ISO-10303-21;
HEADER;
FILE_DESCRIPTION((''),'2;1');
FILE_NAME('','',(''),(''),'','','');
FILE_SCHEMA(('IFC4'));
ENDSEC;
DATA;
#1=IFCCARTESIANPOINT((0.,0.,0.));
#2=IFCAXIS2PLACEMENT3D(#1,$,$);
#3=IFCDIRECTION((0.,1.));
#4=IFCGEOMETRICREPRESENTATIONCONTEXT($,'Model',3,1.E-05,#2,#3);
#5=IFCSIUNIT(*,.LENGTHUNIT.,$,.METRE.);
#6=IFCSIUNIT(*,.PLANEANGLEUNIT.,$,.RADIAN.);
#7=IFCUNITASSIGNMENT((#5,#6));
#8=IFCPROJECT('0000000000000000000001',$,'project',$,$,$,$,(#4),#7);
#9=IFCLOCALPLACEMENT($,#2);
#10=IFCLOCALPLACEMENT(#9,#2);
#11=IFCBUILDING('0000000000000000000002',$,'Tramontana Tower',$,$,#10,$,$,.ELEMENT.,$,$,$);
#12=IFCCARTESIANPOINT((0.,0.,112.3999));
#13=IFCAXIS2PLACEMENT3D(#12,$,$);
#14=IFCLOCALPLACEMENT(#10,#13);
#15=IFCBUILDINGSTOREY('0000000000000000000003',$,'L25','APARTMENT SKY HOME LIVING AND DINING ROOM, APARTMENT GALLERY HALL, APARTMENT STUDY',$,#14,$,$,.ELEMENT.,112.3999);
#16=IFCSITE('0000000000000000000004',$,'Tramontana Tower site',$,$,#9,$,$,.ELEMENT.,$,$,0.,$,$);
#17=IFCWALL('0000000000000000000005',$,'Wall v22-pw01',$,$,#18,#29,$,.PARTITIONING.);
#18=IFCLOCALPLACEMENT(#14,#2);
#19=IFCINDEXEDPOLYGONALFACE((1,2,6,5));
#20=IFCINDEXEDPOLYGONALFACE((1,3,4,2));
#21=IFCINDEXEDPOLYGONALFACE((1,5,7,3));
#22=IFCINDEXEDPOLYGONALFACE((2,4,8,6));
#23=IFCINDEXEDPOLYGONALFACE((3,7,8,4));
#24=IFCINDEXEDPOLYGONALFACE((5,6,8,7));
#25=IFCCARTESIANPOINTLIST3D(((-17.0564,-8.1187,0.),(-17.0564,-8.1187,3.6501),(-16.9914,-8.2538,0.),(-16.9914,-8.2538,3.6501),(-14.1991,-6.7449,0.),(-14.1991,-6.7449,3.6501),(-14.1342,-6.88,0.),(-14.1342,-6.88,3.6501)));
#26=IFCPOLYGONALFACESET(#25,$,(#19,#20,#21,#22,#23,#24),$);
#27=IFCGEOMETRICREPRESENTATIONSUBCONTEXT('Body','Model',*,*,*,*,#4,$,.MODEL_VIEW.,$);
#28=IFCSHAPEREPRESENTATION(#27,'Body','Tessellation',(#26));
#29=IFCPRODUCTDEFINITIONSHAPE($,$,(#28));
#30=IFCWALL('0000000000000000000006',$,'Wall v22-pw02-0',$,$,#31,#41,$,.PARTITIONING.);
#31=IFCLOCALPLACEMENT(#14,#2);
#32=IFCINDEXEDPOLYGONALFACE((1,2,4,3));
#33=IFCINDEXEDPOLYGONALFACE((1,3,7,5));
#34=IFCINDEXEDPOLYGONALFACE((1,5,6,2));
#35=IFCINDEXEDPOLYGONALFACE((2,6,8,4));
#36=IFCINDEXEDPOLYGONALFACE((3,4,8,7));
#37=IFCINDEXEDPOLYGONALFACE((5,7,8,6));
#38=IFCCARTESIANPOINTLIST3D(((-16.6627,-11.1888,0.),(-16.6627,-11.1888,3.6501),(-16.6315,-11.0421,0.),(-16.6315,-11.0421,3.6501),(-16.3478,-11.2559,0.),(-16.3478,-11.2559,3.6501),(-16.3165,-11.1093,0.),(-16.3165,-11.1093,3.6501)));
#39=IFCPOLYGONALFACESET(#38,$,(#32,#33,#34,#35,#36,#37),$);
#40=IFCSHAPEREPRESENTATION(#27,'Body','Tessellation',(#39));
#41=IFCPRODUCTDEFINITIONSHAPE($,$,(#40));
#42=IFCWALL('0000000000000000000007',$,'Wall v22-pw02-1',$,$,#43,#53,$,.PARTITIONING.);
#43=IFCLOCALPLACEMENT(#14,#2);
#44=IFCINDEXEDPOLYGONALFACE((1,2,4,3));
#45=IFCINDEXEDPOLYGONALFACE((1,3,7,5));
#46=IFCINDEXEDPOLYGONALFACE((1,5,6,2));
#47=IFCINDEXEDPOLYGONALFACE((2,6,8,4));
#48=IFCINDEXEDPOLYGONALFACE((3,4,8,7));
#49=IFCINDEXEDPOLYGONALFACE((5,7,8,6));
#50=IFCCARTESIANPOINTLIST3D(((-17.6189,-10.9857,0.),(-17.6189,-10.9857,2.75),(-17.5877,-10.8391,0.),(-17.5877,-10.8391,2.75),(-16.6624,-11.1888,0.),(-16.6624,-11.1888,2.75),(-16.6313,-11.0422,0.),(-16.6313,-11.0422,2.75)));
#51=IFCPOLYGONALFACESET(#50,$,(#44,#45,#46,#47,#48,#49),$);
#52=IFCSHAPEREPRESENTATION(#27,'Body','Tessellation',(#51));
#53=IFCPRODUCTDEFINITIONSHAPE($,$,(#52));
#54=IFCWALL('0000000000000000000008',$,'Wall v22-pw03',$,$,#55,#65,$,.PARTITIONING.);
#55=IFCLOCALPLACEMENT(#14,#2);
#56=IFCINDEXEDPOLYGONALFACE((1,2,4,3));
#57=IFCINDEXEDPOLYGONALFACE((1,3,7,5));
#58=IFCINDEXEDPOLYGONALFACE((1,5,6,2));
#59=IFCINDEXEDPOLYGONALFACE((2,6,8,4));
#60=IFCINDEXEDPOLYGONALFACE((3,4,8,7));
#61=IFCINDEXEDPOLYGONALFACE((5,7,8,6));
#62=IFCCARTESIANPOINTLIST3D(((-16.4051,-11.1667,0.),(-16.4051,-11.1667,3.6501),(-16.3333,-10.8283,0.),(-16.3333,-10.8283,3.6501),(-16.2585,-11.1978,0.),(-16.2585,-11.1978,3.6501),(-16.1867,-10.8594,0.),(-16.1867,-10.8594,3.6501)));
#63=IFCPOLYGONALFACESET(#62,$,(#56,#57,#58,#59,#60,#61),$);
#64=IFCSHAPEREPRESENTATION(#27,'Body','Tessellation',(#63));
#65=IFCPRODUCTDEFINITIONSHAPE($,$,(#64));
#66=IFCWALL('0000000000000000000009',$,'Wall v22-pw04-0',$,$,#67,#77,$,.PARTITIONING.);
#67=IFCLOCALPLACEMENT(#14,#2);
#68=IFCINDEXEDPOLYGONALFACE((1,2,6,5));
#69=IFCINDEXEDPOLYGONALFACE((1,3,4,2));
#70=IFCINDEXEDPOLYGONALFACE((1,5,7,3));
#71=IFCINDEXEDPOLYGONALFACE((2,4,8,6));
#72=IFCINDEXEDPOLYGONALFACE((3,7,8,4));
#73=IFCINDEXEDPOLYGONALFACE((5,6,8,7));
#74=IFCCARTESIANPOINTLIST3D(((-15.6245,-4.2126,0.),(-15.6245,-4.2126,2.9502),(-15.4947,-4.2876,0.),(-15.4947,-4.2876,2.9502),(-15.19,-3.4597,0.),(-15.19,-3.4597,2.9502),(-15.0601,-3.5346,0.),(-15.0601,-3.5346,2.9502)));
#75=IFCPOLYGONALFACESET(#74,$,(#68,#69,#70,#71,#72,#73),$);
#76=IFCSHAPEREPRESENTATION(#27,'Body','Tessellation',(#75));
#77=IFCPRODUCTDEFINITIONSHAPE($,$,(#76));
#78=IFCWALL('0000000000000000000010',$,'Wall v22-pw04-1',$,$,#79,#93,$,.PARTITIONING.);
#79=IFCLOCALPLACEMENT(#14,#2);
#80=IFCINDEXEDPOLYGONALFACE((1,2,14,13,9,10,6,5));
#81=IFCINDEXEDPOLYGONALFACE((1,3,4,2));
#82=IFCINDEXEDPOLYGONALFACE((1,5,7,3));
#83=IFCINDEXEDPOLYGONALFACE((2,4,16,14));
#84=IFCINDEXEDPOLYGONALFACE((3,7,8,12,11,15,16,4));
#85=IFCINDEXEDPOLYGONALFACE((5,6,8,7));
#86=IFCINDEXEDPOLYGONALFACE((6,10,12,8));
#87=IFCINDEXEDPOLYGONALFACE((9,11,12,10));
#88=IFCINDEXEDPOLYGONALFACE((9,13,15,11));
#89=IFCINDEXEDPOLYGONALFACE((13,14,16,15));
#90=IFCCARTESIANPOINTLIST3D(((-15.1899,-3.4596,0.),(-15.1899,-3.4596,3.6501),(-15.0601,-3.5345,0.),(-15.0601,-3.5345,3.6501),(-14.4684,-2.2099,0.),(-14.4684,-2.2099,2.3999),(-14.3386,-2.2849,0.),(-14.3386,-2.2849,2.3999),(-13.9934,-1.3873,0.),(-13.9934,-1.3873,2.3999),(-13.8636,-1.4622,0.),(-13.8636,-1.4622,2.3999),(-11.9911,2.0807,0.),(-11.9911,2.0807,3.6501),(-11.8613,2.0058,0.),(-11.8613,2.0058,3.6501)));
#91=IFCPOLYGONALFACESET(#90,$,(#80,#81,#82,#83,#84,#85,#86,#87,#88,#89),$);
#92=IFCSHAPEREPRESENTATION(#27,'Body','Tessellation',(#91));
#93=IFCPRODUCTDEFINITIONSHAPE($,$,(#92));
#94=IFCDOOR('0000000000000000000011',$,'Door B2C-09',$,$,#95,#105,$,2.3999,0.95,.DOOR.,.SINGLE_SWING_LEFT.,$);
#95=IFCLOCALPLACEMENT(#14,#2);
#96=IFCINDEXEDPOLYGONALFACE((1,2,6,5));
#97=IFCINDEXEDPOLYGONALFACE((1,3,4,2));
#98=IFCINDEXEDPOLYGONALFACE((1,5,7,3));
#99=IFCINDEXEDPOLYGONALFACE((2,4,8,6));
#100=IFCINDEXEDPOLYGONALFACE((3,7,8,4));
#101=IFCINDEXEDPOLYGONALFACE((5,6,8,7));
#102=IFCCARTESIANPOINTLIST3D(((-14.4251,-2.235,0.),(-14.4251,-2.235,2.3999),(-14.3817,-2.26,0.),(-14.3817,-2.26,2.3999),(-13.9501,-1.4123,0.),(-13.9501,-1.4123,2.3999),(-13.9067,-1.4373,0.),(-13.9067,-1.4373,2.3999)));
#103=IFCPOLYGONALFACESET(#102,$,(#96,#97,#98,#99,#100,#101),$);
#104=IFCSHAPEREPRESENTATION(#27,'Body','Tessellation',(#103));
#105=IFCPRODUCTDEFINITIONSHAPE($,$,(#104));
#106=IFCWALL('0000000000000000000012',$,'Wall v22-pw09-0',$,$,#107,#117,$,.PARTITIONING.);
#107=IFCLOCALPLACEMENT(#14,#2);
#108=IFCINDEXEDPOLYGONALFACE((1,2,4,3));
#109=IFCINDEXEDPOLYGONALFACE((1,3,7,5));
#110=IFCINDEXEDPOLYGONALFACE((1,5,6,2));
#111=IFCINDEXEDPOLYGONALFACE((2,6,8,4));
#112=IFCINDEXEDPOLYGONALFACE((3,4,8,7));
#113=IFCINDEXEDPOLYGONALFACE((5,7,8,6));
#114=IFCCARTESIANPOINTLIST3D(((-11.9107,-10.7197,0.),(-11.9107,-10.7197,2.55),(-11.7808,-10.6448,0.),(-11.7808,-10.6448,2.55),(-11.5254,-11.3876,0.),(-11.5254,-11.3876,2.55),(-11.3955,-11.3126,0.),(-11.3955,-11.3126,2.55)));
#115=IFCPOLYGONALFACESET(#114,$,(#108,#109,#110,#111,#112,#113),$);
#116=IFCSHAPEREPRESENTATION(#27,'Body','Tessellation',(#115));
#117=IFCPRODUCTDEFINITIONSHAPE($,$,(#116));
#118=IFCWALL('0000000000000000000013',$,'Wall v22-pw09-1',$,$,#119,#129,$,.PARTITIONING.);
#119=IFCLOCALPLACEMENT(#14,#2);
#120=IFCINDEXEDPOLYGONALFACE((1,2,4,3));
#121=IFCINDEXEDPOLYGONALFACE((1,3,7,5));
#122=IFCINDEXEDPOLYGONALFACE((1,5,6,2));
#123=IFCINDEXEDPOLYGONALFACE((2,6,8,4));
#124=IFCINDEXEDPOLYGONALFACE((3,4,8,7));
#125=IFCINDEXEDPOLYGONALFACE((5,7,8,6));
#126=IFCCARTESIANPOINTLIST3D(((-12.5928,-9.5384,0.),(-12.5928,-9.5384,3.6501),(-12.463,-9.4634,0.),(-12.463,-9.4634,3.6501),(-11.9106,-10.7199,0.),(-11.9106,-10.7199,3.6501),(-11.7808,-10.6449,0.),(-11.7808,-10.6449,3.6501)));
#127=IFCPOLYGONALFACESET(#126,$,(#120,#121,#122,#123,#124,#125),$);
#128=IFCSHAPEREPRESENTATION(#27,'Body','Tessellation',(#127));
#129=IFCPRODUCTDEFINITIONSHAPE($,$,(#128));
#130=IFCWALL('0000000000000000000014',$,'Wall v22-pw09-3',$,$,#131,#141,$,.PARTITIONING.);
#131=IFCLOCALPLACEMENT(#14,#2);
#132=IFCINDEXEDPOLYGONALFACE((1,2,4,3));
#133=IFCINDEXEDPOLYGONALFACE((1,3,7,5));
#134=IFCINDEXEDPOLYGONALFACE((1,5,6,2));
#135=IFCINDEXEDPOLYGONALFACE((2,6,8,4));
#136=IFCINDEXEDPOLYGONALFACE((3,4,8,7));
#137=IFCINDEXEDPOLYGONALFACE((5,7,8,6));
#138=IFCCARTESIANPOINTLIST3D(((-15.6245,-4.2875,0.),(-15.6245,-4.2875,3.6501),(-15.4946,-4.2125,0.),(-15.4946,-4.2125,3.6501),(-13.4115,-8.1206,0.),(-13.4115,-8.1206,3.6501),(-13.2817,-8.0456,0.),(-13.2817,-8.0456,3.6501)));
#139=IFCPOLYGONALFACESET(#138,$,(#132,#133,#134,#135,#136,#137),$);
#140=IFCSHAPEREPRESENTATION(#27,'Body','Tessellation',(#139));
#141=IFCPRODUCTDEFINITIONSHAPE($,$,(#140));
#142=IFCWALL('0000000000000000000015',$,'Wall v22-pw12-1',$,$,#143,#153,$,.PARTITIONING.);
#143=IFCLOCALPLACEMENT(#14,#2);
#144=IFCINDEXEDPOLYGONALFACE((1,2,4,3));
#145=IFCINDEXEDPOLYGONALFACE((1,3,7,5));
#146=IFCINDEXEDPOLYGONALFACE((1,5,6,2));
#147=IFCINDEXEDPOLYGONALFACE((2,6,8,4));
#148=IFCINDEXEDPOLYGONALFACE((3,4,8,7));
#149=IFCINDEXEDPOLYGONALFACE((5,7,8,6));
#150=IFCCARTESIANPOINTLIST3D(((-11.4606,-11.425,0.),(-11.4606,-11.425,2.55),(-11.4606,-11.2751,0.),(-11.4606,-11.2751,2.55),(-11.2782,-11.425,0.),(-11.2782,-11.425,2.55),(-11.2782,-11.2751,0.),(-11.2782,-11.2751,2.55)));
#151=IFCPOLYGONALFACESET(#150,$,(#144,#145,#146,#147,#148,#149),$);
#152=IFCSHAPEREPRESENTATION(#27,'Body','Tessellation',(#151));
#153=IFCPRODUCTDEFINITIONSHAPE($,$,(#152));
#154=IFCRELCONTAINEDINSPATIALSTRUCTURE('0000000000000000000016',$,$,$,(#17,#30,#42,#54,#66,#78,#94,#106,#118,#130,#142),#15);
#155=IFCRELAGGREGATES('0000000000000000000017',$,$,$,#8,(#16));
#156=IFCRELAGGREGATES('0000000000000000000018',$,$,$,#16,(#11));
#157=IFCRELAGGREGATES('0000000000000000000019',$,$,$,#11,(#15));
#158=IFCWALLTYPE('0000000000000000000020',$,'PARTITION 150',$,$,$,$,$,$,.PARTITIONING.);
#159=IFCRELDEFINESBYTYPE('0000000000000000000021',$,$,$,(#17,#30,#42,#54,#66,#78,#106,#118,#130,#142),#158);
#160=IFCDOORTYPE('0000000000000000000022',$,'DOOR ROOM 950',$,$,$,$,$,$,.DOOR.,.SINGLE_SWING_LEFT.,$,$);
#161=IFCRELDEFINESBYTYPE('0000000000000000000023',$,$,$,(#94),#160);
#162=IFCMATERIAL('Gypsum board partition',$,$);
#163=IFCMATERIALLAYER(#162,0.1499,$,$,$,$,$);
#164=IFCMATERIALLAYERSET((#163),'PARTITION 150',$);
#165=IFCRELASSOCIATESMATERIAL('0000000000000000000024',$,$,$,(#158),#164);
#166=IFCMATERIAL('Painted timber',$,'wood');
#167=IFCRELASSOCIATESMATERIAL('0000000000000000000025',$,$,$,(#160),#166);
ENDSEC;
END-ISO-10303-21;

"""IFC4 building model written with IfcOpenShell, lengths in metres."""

from ifc_helpers import new_model, si_unit, direction, frame, frame_2d, origin, place, context, subcontext, project, spatial, rectangle, extrude, material, layer, layer_set, type_object, element, fill, save


model = new_model("IFC4")

# Units and contexts
model_context = context("Model", 3, precision=1e-05, world=origin(), true_north=direction((0.0, 1.0)))
body_context = subcontext(model_context, "Body", "Model", "MODEL_VIEW")
ifc_project = project(units=[si_unit("LENGTHUNIT", "METRE"), si_unit("PLANEANGLEUNIT", "RADIAN")], contexts=[model_context])

# Site, building, storey
site_placement = place(None, origin())
site = spatial("IfcSite", under=ifc_project, at=site_placement, Name="Tramontana Tower site", CompositionType="ELEMENT", RefElevation=0.0)
building_placement = place(site_placement, origin())
building = spatial("IfcBuilding", under=site, at=building_placement, Name="Tramontana Tower", CompositionType="ELEMENT")
storey_placement = place(building_placement, frame((0.0, 0.0, 112.3999)))
storey = spatial("IfcBuildingStorey", under=building, at=storey_placement, Name="L25", Description="APARTMENT SKY HOME LIVING AND DINING ROOM, APARTMENT GALLERY HALL, APARTMENT STUDY", CompositionType="ELEMENT", Elevation=112.3999)

# Walls
ifc_material_1 = material(Name="Gypsum board partition")
ifc_layer_1 = layer(ifc_material_1, 0.1499)
ifc_layer_set_1 = layer_set([ifc_layer_1], Name="PARTITION 150")
wall_type_1 = type_object("IfcWallType", Name="PARTITION 150", PredefinedType="PARTITIONING", material=ifc_layer_set_1)
wall_1_placement = place(storey_placement, frame((-17.0239, -8.1863, 0.0), z_axis=(0.0, 0.0, 1.0), x_axis=(0.901236, 0.433329, 0.0)))
element("IfcWall", 1, at=wall_1_placement, inside=storey, type_object=wall_type_1, Name="Wall v22-pw01", PredefinedType="PARTITIONING", context=body_context, shape_type="SweptSolid", body=[
    extrude(rectangle(XDim=3.1704, YDim=0.1499, at=frame_2d((1.5852, 0.0))), origin(), (0.0, 0.0, 1.0), 3.6501),
])
wall_2_placement = place(storey_placement, frame((-16.332, -11.1826, 0.0), z_axis=(0.0, 0.0, 1.0), x_axis=(-0.978024, 0.208493, 0.0)))
element("IfcWall", 2, at=wall_2_placement, inside=storey, type_object=wall_type_1, Name="Wall v22-pw02-0", PredefinedType="PARTITIONING", context=body_context, shape_type="SweptSolid", body=[
    extrude(rectangle(XDim=0.322, YDim=0.1499, at=frame_2d((0.1611, 0.0))), origin(), (0.0, 0.0, 1.0), 3.6501),
])
wall_3_placement = place(storey_placement, frame((-16.647, -11.1155, 0.0), z_axis=(0.0, 0.0, 1.0), x_axis=(-0.978188, 0.207721, 0.0)))
element("IfcWall", 3, at=wall_3_placement, inside=storey, type_object=wall_type_1, Name="Wall v22-pw02-1", PredefinedType="PARTITIONING", context=body_context, shape_type="SweptSolid", body=[
    extrude(rectangle(XDim=0.9778, YDim=0.1499, at=frame_2d((0.4888, 0.0))), origin(), (0.0, 0.0, 1.0), 2.75),
])
wall_4_placement = place(storey_placement, frame((-16.26, -10.844, 0.0), z_axis=(0.0, 0.0, 1.0), x_axis=(-0.207504, -0.978234, 0.0)))
element("IfcWall", 4, at=wall_4_placement, inside=storey, type_object=wall_type_1, Name="Wall v22-pw03", PredefinedType="PARTITIONING", context=body_context, shape_type="SweptSolid", body=[
    extrude(rectangle(XDim=0.3459, YDim=0.1499, at=frame_2d((0.1729, 0.0))), origin(), (0.0, 0.0, 1.0), 3.6501),
])
wall_5_placement = place(storey_placement, frame((-15.5596, -4.25, 0.0), z_axis=(0.0, 0.0, 1.0), x_axis=(0.499885, 0.866092, 0.0)))
element("IfcWall", 5, at=wall_5_placement, inside=storey, type_object=wall_type_1, Name="Wall v22-pw04-0", PredefinedType="PARTITIONING", context=body_context, shape_type="SweptSolid", body=[
    extrude(rectangle(XDim=0.8694, YDim=0.1499, at=frame_2d((0.4346, 0.0))), origin(), (0.0, 0.0, 1.0), 2.9502),
])

# Wall, opening, door
wall_6_placement = place(storey_placement, frame((-15.125, -3.4971, 0.0), z_axis=(0.0, 0.0, 1.0), x_axis=(0.500005, 0.866022, 0.0)))
wall_6 = element("IfcWall", 6, at=wall_6_placement, inside=storey, type_object=wall_type_1, Name="Wall v22-pw04-1", PredefinedType="PARTITIONING", context=body_context, shape_type="SweptSolid", body=[
    extrude(rectangle(XDim=6.3975, YDim=0.1499, at=frame_2d((3.1987, 0.0))), origin(), (0.0, 0.0, 1.0), 3.6501),
])
opening_1_placement = place(wall_6_placement, frame((1.4429, 0.0, 0.0)))
opening_1 = element("IfcOpeningElement", 7, at=opening_1_placement, cuts=wall_6, PredefinedType="OPENING", context=body_context, shape_type="SweptSolid", body=[
    extrude(rectangle(XDim=0.95, YDim=2.3999, at=frame_2d((0.4751, 1.2))), frame((0.0, 0.085, 0.0), z_axis=(0.0, -1.0, 0.0), x_axis=(1.0, 0.0, 0.0)), (0.0, 0.0, 1.0), 0.1699),
])
ifc_material_2 = material(Name="Painted timber", Category="wood")
door_type_1 = type_object("IfcDoorType", Name="DOOR ROOM 950", OperationType="SINGLE_SWING_LEFT", PredefinedType="DOOR", material=ifc_material_2)
door_1_placement = place(opening_1_placement, origin())
door_1 = element("IfcDoor", 8, at=door_1_placement, inside=storey, type_object=door_type_1, Name="Door B2C-09", OperationType="SINGLE_SWING_LEFT", OverallHeight=2.3999, OverallWidth=0.95, PredefinedType="DOOR", context=body_context, shape_type="SweptSolid", body=[
    extrude(rectangle(XDim=0.95, YDim=2.3999, at=frame_2d((0.4751, 1.2))), frame((0.0, 0.0249, 0.0), z_axis=(0.0, -1.0, 0.0), x_axis=(1.0, 0.0, 0.0)), (0.0, 0.0, 1.0), 0.05),
])
fill(opening_1, door_1)

# Walls
wall_7_placement = place(storey_placement, frame((-11.4604, -11.3501, 0.0), z_axis=(0.0, 0.0, 1.0), x_axis=(-0.49975, 0.86617, 0.0)))
element("IfcWall", 9, at=wall_7_placement, inside=storey, type_object=wall_type_1, Name="Wall v22-pw09-0", PredefinedType="PARTITIONING", context=body_context, shape_type="SweptSolid", body=[
    extrude(rectangle(XDim=0.771, YDim=0.1499, at=frame_2d((0.3855, 0.0))), origin(), (0.0, 0.0, 1.0), 2.55),
])
wall_8_placement = place(storey_placement, frame((-11.8457, -10.6824, 0.0), z_axis=(0.0, 0.0, 1.0), x_axis=(-0.500027, 0.86601, 0.0)))
element("IfcWall", 10, at=wall_8_placement, inside=storey, type_object=wall_type_1, Name="Wall v22-pw09-1", PredefinedType="PARTITIONING", context=body_context, shape_type="SweptSolid", body=[
    extrude(rectangle(XDim=1.3643, YDim=0.1499, at=frame_2d((0.6821, 0.0))), origin(), (0.0, 0.0, 1.0), 3.6501),
])

# Walls
wall_9_placement = place(storey_placement, frame((-13.3467, -8.083, 0.0), z_axis=(0.0, 0.0, 1.0), x_axis=(-0.499983, 0.866035, 0.0)))
element("IfcWall", 11, at=wall_9_placement, inside=storey, type_object=wall_type_1, Name="Wall v22-pw09-3", PredefinedType="PARTITIONING", context=body_context, shape_type="SweptSolid", body=[
    extrude(rectangle(XDim=4.426, YDim=0.1499, at=frame_2d((2.2129, 0.0))), origin(), (0.0, 0.0, 1.0), 3.6501),
])
wall_10_placement = place(storey_placement, frame((-11.2781, -11.3501, 0.0), z_axis=(0.0, 0.0, 1.0), x_axis=(-1.0, 0.0, 0.0)))
element("IfcWall", 12, at=wall_10_placement, inside=storey, type_object=wall_type_1, Name="Wall v22-pw12-1", PredefinedType="PARTITIONING", context=body_context, shape_type="SweptSolid", body=[
    extrude(rectangle(XDim=0.1824, YDim=0.1499, at=frame_2d((0.0913, 0.0))), origin(), (0.0, 0.0, 1.0), 2.55),
])

save(model, "model.ifc")
